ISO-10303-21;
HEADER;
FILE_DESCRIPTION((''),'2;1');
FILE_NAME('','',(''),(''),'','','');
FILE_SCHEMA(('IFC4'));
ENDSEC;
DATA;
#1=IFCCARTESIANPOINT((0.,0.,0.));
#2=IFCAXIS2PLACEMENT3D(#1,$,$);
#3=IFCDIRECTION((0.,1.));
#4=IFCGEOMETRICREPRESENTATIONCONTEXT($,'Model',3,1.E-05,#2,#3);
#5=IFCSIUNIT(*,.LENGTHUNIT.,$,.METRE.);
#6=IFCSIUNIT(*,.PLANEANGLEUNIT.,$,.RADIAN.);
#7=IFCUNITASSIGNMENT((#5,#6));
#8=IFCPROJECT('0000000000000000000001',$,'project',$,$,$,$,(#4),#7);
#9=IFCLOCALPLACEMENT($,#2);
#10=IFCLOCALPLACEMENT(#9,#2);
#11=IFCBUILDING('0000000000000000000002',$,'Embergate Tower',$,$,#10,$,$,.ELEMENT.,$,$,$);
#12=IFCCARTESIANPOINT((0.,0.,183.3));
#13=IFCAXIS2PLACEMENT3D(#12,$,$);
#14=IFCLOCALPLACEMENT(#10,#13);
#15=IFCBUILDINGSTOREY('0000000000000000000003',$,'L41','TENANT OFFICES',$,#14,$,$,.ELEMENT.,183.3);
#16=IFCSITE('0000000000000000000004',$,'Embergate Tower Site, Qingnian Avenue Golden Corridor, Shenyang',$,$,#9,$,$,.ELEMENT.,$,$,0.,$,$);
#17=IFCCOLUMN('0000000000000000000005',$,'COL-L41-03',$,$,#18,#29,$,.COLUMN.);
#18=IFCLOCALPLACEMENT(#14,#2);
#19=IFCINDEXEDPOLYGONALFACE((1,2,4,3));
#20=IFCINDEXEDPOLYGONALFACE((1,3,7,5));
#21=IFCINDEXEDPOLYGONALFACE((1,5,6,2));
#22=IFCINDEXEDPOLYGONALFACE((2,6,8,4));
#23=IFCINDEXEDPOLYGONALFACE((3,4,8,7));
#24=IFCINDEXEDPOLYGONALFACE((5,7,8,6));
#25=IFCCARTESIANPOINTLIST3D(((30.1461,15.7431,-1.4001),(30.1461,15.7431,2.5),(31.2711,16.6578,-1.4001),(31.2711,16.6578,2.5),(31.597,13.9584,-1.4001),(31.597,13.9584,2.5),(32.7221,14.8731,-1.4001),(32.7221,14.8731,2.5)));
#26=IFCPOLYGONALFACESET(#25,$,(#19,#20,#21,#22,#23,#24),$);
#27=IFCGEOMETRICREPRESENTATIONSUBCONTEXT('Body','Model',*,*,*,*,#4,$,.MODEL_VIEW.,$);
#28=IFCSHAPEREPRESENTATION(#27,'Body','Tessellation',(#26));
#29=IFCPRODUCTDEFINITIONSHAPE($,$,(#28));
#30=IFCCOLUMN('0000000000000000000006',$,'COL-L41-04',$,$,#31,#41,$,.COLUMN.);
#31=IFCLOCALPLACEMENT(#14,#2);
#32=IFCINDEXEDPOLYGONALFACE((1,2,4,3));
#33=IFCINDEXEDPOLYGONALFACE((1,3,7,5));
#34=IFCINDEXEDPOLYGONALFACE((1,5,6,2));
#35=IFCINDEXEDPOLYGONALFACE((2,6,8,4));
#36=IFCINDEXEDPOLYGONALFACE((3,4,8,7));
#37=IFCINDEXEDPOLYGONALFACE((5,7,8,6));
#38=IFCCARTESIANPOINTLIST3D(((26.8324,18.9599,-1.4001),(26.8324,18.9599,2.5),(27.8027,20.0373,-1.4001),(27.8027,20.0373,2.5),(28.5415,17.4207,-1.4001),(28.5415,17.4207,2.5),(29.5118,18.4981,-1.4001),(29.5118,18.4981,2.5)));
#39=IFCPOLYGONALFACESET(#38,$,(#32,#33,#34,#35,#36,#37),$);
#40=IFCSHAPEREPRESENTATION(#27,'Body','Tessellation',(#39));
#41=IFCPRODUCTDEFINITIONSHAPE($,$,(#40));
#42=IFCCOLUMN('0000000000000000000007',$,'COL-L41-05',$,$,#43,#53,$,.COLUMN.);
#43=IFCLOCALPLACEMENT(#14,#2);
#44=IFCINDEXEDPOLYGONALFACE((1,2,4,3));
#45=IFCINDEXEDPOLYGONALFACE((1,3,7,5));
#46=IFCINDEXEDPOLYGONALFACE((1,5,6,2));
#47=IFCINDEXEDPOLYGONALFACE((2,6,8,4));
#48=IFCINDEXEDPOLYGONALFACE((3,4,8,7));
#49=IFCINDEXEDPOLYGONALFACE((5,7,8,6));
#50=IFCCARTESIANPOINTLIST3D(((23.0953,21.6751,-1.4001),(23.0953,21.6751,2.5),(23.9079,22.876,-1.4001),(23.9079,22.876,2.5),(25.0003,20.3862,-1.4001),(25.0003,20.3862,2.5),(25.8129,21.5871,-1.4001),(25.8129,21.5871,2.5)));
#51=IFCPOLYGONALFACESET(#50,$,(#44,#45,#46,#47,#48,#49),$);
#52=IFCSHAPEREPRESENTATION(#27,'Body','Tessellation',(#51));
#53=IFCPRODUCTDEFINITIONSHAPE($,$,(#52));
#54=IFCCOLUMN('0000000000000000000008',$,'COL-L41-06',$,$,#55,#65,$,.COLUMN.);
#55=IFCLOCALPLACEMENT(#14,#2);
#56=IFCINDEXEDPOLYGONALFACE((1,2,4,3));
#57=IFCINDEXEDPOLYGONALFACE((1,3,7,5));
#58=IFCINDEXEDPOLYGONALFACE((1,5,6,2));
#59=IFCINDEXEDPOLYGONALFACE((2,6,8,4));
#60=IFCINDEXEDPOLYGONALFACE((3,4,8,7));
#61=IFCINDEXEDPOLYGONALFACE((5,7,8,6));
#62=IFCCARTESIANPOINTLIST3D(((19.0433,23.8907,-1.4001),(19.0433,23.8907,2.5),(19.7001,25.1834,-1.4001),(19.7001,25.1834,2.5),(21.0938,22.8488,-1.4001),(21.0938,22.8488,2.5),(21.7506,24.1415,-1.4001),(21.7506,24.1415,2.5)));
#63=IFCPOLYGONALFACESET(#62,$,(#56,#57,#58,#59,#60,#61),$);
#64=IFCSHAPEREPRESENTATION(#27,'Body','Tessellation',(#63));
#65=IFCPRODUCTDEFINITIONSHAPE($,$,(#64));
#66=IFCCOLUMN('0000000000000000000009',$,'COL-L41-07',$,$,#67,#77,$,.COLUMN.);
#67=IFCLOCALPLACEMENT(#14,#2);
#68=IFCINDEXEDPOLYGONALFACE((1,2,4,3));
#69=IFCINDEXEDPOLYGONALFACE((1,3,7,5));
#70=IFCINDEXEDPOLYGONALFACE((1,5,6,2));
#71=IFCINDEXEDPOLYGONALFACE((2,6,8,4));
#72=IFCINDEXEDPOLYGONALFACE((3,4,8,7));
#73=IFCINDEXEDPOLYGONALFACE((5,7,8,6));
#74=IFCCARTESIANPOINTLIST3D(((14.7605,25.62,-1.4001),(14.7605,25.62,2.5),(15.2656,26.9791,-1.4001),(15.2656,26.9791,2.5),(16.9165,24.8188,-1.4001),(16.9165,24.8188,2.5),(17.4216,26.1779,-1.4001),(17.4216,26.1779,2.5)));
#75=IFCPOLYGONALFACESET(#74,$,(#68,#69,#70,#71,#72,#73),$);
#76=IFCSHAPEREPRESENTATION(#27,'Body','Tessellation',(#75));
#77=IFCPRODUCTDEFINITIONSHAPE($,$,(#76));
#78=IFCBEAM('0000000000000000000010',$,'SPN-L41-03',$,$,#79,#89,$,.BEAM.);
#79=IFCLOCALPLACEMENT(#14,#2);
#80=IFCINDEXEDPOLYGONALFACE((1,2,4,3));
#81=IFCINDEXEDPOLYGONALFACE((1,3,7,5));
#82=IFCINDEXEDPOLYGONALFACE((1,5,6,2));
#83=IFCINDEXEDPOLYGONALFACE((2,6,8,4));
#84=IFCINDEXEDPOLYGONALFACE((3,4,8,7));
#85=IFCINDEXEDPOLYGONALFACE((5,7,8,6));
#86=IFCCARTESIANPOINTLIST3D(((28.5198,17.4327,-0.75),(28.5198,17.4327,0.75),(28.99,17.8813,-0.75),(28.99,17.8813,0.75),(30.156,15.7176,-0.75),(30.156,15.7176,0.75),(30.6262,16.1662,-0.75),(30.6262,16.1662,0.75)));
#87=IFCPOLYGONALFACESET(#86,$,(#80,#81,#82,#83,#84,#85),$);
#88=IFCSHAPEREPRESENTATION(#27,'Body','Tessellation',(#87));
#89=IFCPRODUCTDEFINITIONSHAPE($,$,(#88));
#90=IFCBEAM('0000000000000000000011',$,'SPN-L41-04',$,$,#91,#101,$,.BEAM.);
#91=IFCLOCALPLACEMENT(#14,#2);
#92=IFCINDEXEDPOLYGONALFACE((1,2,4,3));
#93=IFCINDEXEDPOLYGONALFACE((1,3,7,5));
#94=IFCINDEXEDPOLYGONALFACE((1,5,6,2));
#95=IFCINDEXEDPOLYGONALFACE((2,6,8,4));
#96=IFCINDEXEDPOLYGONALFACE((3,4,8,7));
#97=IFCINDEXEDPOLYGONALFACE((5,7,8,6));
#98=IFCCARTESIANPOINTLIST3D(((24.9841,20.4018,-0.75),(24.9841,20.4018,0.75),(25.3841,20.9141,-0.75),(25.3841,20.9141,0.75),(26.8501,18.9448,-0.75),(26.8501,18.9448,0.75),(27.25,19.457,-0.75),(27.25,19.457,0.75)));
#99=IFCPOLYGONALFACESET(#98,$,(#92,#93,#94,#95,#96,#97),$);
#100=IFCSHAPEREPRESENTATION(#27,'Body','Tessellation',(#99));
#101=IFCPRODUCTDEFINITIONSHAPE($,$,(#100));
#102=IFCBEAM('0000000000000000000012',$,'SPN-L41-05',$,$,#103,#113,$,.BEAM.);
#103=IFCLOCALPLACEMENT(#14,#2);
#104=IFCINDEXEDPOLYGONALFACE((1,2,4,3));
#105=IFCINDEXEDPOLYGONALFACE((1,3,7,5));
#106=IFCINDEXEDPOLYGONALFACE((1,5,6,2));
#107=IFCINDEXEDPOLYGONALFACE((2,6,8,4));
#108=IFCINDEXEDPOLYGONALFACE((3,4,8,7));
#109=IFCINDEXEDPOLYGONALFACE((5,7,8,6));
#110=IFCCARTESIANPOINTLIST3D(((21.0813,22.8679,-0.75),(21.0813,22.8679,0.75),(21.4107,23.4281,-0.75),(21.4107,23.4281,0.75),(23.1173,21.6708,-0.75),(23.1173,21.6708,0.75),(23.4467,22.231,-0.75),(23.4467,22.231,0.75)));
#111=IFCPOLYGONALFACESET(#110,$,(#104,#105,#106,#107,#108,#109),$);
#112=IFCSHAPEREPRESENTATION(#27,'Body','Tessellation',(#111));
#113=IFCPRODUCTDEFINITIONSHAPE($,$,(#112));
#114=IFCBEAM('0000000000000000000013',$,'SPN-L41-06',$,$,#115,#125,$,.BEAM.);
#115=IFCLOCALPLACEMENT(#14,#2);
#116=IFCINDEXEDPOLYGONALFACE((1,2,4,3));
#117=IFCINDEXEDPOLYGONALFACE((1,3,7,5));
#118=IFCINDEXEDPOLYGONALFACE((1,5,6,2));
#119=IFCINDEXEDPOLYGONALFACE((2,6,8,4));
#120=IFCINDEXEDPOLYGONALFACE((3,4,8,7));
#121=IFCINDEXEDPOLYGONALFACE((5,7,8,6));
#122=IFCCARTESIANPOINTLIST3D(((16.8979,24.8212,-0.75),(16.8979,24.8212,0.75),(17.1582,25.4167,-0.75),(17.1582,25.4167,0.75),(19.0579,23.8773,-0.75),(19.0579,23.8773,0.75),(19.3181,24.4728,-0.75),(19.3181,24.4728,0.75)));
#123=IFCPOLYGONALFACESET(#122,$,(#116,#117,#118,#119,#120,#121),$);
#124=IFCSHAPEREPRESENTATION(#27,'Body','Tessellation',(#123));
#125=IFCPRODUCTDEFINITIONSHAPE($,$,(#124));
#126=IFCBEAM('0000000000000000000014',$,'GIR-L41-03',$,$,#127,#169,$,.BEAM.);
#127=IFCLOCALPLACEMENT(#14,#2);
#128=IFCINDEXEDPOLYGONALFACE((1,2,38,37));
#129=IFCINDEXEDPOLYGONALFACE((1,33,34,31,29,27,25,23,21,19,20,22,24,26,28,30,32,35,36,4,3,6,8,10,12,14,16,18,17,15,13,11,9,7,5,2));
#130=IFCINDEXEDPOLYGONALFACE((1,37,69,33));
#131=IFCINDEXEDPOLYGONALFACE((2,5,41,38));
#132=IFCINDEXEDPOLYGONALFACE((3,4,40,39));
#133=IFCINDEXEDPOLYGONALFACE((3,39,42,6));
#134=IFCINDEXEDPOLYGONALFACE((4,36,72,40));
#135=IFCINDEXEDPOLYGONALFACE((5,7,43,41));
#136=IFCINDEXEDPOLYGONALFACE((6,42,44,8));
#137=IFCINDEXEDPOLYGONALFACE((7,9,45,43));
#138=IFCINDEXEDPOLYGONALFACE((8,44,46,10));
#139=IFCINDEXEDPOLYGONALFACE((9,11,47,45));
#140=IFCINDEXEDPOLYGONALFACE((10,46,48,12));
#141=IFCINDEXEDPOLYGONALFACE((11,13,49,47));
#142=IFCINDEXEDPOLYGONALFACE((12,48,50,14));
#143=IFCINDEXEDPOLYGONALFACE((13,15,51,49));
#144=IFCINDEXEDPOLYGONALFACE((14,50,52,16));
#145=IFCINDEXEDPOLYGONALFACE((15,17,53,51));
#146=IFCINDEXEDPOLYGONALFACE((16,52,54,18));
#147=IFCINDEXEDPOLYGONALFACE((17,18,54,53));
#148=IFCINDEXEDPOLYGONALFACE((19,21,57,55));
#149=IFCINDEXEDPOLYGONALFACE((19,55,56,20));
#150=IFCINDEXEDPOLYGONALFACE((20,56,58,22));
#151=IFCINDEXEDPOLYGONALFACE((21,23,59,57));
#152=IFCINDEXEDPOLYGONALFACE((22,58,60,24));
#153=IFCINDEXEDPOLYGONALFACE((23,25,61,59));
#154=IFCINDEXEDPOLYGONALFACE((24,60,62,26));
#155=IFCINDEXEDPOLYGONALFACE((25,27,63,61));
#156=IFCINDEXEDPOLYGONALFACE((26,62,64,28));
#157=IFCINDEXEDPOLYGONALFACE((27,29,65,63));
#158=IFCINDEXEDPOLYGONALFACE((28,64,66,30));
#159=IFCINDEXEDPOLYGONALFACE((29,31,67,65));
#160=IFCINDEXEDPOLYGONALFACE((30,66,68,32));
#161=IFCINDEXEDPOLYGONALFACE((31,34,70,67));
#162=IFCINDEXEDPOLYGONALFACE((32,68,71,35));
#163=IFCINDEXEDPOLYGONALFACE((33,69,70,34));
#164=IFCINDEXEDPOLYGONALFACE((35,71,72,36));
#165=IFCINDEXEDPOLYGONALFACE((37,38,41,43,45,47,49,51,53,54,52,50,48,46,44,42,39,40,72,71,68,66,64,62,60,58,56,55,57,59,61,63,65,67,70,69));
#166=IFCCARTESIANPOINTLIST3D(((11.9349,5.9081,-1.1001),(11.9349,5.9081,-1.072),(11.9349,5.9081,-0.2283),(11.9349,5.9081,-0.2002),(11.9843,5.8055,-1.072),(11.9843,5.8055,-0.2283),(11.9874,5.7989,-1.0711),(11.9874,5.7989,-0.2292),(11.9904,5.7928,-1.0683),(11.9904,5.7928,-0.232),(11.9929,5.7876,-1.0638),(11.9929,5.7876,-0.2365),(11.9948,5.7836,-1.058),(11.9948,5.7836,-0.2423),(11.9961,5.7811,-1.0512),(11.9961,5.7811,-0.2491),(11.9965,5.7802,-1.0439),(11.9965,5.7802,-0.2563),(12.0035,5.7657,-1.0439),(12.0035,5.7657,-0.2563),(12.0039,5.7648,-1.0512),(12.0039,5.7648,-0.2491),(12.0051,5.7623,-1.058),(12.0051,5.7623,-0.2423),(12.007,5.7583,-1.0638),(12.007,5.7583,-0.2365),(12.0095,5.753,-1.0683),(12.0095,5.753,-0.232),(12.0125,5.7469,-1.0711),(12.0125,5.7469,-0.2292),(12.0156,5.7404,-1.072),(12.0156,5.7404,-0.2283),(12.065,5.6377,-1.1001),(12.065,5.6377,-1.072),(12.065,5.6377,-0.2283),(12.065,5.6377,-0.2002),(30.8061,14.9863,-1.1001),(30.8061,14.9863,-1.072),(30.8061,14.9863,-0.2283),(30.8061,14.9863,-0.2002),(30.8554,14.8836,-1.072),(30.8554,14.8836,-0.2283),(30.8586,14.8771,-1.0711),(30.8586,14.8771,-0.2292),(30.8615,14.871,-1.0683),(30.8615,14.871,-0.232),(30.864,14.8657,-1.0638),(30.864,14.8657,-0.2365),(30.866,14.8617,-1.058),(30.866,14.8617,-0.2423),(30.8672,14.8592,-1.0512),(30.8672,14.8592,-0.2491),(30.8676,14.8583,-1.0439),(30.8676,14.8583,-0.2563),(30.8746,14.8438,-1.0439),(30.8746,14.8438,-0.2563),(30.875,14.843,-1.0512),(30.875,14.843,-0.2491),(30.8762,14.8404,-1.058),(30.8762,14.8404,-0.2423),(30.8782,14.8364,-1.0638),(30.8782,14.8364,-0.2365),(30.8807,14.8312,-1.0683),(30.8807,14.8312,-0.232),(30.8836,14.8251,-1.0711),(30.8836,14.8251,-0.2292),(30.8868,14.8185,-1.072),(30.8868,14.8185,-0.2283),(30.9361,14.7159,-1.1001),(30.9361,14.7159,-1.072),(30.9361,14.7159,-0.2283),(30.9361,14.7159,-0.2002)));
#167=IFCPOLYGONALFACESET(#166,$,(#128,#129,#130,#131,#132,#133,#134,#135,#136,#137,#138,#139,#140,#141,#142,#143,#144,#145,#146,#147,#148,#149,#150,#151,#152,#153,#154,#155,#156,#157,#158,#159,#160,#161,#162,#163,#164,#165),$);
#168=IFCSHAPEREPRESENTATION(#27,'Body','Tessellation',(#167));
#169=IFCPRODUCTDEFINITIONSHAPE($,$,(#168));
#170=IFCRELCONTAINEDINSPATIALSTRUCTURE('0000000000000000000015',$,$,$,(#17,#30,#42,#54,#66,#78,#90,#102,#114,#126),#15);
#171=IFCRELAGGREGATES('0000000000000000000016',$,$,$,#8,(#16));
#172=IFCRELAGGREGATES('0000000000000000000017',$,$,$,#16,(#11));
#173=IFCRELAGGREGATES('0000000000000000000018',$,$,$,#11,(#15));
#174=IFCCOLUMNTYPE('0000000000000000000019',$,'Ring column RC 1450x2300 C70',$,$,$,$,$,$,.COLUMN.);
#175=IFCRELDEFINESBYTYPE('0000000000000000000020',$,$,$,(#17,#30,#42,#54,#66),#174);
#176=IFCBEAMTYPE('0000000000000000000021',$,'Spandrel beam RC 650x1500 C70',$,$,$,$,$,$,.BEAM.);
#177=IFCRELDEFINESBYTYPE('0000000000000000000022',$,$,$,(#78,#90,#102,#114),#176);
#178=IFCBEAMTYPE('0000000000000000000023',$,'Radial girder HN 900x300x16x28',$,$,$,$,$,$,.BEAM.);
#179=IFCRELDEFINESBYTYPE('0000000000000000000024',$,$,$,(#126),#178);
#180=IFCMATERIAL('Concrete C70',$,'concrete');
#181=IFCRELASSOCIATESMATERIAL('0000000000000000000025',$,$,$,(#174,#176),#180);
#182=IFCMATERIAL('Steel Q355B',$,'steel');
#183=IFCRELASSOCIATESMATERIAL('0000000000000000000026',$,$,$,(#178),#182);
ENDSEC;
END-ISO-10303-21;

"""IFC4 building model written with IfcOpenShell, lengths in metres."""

from ifc_helpers import new_model, si_unit, direction, frame, origin, origin_2d, place, context, subcontext, project, spatial, rectangle, i_section, extrude, source, transform, mapped, material, material_profile, profile_set, type_object, element, save


model = new_model("IFC4")

# Units and contexts
model_context = context("Model", 3, precision=1e-05, world=origin(), true_north=direction((0.0, 1.0)))
body_context = subcontext(model_context, "Body", "Model", "MODEL_VIEW")
ifc_project = project(units=[si_unit("LENGTHUNIT", "METRE"), si_unit("PLANEANGLEUNIT", "RADIAN")], contexts=[model_context])

# Site, building, storey
site_placement = place(None, origin())
site = spatial("IfcSite", under=ifc_project, at=site_placement, Name="Embergate Tower Site, Qingnian Avenue Golden Corridor, Shenyang", CompositionType="ELEMENT", RefElevation=0.0)
building_placement = place(site_placement, origin())
building = spatial("IfcBuilding", under=site, at=building_placement, Name="Embergate Tower", CompositionType="ELEMENT")
storey_placement = place(building_placement, frame((0.0, 0.0, 183.3)))
storey = spatial("IfcBuildingStorey", under=building, at=storey_placement, Name="L41", Description="TENANT OFFICES", CompositionType="ELEMENT", Elevation=183.3)

# Columns
ifc_material_1 = material(Name="Concrete C70", Category="concrete")
ifc_material_profile_1 = material_profile(ifc_material_1, rectangle(XDim=1.45, YDim=2.3, at=origin_2d()), Name="RC 1450x2300")
ifc_profile_set_1 = profile_set([ifc_material_profile_1], Name="Concrete C70")
column_type = type_object("IfcColumnType", Name="Ring column RC 1450x2300 C70", PredefinedType="COLUMN", material=ifc_profile_set_1)
shared_shape_1 = source(origin(), body_context, "Body", "SweptSolid", [
    extrude(rectangle(XDim=1.45, YDim=2.3, at=origin_2d()), origin(), (0.0, 0.0, 1.0), 3.9001),
])
for number, where, z_axis, x_axis, name in (
    (1, (31.4341, 15.3081, -1.4001), (0.0, 0.0, 1.0), (0.775914, 0.630838, 0.0), "COL-L41-03"),
    (2, (28.1721, 18.729, -1.4001), (0.0, 0.0, 1.0), (0.669208, 0.743075, 0.0), "COL-L41-04"),
    (3, (24.4541, 21.6311, -1.4001), (0.0, 0.0, 1.0), (0.560393, 0.828227, 0.0), "COL-L41-05"),
    (4, (20.397, 24.0161, -1.4001), (0.0, 0.0, 1.0), (0.452995, 0.891513, 0.0), "COL-L41-06"),
    (5, (16.0911, 25.8989, -1.4001), (0.0, 0.0, 1.0), (0.348343, 0.937367, 0.0), "COL-L41-07"),
):
    element("IfcColumn", number, at=place(storey_placement, frame(where, z_axis=z_axis, x_axis=x_axis)), inside=storey, type_object=column_type, Name=name, PredefinedType="COLUMN", context=body_context, shape_type="MappedRepresentation", body=[
        mapped(shared_shape_1, transform((0.0, 0.0, 0.0))),
    ])

# Beams
ifc_material_profile_2 = material_profile(ifc_material_1, rectangle(XDim=0.6499, YDim=1.5, at=origin_2d()), Name="RC 650x1500")
ifc_profile_set_2 = profile_set([ifc_material_profile_2], Name="Concrete C70")
beam_type_1 = type_object("IfcBeamType", Name="Spandrel beam RC 650x1500 C70", PredefinedType="BEAM", material=ifc_profile_set_2)
shared_shape_2 = source(origin(), body_context, "Body", "SweptSolid", [
    extrude(rectangle(XDim=0.6499, YDim=1.5, at=origin_2d()), origin(), (0.0, 0.0, 1.0), 2.3704),
])
beam_1_placement = place(storey_placement, frame((30.3911, 15.9419, 0.0), z_axis=(-0.690277, 0.723545, 0.0), x_axis=(-0.723545, -0.690277, 0.0)))
element("IfcBeam", 6, at=beam_1_placement, inside=storey, type_object=beam_type_1, Name="SPN-L41-03", PredefinedType="BEAM", context=body_context, shape_type="MappedRepresentation", body=[
    mapped(shared_shape_2, transform((0.0, 0.0, 0.0))),
])
shared_shape_3 = source(origin(), body_context, "Body", "SweptSolid", [
    extrude(rectangle(XDim=0.6499, YDim=1.5, at=origin_2d()), origin(), (0.0, 0.0, 1.0), 2.3674),
])
beam_2_placement = place(storey_placement, frame((27.05, 19.2009, 0.0), z_axis=(-0.788179, 0.615446, 0.0), x_axis=(-0.615446, -0.788179, 0.0)))
element("IfcBeam", 7, at=beam_2_placement, inside=storey, type_object=beam_type_1, Name="SPN-L41-04", PredefinedType="BEAM", context=body_context, shape_type="MappedRepresentation", body=[
    mapped(shared_shape_3, transform((0.0, 0.0, 0.0))),
])
shared_shape_4 = source(origin(), body_context, "Body", "SweptSolid", [
    extrude(rectangle(XDim=0.6499, YDim=1.5, at=origin_2d()), origin(), (0.0, 0.0, 1.0), 2.3618),
])
beam_3_placement = place(storey_placement, frame((23.282, 21.9509, 0.0), z_axis=(-0.862038, 0.506844, 0.0), x_axis=(-0.506844, -0.862038, 0.0)))
element("IfcBeam", 8, at=beam_3_placement, inside=storey, type_object=beam_type_1, Name="SPN-L41-05", PredefinedType="BEAM", context=body_context, shape_type="MappedRepresentation", body=[
    mapped(shared_shape_4, transform((0.0, 0.0, 0.0))),
])
shared_shape_5 = source(origin(), body_context, "Body", "SweptSolid", [
    extrude(rectangle(XDim=0.6499, YDim=1.5, at=origin_2d()), origin(), (0.0, 0.0, 1.0), 2.3572),
])
beam_4_placement = place(storey_placement, frame((19.188, 24.175, 0.0), z_axis=(-0.916331, 0.400422, 0.0), x_axis=(-0.400422, -0.916331, 0.0)))
element("IfcBeam", 9, at=beam_4_placement, inside=storey, type_object=beam_type_1, Name="SPN-L41-06", PredefinedType="BEAM", context=body_context, shape_type="MappedRepresentation", body=[
    mapped(shared_shape_5, transform((0.0, 0.0, 0.0))),
])
ifc_material_2 = material(Name="Steel Q355B", Category="steel")
ifc_material_profile_3 = material_profile(ifc_material_2, i_section(OverallWidth=0.3, OverallDepth=0.8999, WebThickness=0.0161, FlangeThickness=0.0281, FilletRadius=0.0281, at=origin_2d()), Name="HN 900x300x16x28")
ifc_profile_set_3 = profile_set([ifc_material_profile_3], Name="Steel Q355 grade B")
beam_type_2 = type_object("IfcBeamType", Name="Radial girder HN 900x300x16x28", PredefinedType="BEAM", material=ifc_profile_set_3)
shared_shape_6 = source(origin(), body_context, "Body", "SweptSolid", [
    extrude(i_section(OverallWidth=0.3, OverallDepth=0.8999, WebThickness=0.0161, FlangeThickness=0.0281, FilletRadius=0.0281, at=origin_2d()), origin(), (0.0, 0.0, 1.0), 20.9412),
])
beam_5_placement = place(storey_placement, frame((30.8711, 14.8511, -0.6501), z_axis=(-0.90115, -0.433507, 0.0), x_axis=(0.433507, -0.90115, 0.0)))
element("IfcBeam", 10, at=beam_5_placement, inside=storey, type_object=beam_type_2, Name="GIR-L41-03", PredefinedType="BEAM", context=body_context, shape_type="MappedRepresentation", body=[
    mapped(shared_shape_6, transform((0.0, 0.0, 0.0))),
])

save(model, "model.ifc")
